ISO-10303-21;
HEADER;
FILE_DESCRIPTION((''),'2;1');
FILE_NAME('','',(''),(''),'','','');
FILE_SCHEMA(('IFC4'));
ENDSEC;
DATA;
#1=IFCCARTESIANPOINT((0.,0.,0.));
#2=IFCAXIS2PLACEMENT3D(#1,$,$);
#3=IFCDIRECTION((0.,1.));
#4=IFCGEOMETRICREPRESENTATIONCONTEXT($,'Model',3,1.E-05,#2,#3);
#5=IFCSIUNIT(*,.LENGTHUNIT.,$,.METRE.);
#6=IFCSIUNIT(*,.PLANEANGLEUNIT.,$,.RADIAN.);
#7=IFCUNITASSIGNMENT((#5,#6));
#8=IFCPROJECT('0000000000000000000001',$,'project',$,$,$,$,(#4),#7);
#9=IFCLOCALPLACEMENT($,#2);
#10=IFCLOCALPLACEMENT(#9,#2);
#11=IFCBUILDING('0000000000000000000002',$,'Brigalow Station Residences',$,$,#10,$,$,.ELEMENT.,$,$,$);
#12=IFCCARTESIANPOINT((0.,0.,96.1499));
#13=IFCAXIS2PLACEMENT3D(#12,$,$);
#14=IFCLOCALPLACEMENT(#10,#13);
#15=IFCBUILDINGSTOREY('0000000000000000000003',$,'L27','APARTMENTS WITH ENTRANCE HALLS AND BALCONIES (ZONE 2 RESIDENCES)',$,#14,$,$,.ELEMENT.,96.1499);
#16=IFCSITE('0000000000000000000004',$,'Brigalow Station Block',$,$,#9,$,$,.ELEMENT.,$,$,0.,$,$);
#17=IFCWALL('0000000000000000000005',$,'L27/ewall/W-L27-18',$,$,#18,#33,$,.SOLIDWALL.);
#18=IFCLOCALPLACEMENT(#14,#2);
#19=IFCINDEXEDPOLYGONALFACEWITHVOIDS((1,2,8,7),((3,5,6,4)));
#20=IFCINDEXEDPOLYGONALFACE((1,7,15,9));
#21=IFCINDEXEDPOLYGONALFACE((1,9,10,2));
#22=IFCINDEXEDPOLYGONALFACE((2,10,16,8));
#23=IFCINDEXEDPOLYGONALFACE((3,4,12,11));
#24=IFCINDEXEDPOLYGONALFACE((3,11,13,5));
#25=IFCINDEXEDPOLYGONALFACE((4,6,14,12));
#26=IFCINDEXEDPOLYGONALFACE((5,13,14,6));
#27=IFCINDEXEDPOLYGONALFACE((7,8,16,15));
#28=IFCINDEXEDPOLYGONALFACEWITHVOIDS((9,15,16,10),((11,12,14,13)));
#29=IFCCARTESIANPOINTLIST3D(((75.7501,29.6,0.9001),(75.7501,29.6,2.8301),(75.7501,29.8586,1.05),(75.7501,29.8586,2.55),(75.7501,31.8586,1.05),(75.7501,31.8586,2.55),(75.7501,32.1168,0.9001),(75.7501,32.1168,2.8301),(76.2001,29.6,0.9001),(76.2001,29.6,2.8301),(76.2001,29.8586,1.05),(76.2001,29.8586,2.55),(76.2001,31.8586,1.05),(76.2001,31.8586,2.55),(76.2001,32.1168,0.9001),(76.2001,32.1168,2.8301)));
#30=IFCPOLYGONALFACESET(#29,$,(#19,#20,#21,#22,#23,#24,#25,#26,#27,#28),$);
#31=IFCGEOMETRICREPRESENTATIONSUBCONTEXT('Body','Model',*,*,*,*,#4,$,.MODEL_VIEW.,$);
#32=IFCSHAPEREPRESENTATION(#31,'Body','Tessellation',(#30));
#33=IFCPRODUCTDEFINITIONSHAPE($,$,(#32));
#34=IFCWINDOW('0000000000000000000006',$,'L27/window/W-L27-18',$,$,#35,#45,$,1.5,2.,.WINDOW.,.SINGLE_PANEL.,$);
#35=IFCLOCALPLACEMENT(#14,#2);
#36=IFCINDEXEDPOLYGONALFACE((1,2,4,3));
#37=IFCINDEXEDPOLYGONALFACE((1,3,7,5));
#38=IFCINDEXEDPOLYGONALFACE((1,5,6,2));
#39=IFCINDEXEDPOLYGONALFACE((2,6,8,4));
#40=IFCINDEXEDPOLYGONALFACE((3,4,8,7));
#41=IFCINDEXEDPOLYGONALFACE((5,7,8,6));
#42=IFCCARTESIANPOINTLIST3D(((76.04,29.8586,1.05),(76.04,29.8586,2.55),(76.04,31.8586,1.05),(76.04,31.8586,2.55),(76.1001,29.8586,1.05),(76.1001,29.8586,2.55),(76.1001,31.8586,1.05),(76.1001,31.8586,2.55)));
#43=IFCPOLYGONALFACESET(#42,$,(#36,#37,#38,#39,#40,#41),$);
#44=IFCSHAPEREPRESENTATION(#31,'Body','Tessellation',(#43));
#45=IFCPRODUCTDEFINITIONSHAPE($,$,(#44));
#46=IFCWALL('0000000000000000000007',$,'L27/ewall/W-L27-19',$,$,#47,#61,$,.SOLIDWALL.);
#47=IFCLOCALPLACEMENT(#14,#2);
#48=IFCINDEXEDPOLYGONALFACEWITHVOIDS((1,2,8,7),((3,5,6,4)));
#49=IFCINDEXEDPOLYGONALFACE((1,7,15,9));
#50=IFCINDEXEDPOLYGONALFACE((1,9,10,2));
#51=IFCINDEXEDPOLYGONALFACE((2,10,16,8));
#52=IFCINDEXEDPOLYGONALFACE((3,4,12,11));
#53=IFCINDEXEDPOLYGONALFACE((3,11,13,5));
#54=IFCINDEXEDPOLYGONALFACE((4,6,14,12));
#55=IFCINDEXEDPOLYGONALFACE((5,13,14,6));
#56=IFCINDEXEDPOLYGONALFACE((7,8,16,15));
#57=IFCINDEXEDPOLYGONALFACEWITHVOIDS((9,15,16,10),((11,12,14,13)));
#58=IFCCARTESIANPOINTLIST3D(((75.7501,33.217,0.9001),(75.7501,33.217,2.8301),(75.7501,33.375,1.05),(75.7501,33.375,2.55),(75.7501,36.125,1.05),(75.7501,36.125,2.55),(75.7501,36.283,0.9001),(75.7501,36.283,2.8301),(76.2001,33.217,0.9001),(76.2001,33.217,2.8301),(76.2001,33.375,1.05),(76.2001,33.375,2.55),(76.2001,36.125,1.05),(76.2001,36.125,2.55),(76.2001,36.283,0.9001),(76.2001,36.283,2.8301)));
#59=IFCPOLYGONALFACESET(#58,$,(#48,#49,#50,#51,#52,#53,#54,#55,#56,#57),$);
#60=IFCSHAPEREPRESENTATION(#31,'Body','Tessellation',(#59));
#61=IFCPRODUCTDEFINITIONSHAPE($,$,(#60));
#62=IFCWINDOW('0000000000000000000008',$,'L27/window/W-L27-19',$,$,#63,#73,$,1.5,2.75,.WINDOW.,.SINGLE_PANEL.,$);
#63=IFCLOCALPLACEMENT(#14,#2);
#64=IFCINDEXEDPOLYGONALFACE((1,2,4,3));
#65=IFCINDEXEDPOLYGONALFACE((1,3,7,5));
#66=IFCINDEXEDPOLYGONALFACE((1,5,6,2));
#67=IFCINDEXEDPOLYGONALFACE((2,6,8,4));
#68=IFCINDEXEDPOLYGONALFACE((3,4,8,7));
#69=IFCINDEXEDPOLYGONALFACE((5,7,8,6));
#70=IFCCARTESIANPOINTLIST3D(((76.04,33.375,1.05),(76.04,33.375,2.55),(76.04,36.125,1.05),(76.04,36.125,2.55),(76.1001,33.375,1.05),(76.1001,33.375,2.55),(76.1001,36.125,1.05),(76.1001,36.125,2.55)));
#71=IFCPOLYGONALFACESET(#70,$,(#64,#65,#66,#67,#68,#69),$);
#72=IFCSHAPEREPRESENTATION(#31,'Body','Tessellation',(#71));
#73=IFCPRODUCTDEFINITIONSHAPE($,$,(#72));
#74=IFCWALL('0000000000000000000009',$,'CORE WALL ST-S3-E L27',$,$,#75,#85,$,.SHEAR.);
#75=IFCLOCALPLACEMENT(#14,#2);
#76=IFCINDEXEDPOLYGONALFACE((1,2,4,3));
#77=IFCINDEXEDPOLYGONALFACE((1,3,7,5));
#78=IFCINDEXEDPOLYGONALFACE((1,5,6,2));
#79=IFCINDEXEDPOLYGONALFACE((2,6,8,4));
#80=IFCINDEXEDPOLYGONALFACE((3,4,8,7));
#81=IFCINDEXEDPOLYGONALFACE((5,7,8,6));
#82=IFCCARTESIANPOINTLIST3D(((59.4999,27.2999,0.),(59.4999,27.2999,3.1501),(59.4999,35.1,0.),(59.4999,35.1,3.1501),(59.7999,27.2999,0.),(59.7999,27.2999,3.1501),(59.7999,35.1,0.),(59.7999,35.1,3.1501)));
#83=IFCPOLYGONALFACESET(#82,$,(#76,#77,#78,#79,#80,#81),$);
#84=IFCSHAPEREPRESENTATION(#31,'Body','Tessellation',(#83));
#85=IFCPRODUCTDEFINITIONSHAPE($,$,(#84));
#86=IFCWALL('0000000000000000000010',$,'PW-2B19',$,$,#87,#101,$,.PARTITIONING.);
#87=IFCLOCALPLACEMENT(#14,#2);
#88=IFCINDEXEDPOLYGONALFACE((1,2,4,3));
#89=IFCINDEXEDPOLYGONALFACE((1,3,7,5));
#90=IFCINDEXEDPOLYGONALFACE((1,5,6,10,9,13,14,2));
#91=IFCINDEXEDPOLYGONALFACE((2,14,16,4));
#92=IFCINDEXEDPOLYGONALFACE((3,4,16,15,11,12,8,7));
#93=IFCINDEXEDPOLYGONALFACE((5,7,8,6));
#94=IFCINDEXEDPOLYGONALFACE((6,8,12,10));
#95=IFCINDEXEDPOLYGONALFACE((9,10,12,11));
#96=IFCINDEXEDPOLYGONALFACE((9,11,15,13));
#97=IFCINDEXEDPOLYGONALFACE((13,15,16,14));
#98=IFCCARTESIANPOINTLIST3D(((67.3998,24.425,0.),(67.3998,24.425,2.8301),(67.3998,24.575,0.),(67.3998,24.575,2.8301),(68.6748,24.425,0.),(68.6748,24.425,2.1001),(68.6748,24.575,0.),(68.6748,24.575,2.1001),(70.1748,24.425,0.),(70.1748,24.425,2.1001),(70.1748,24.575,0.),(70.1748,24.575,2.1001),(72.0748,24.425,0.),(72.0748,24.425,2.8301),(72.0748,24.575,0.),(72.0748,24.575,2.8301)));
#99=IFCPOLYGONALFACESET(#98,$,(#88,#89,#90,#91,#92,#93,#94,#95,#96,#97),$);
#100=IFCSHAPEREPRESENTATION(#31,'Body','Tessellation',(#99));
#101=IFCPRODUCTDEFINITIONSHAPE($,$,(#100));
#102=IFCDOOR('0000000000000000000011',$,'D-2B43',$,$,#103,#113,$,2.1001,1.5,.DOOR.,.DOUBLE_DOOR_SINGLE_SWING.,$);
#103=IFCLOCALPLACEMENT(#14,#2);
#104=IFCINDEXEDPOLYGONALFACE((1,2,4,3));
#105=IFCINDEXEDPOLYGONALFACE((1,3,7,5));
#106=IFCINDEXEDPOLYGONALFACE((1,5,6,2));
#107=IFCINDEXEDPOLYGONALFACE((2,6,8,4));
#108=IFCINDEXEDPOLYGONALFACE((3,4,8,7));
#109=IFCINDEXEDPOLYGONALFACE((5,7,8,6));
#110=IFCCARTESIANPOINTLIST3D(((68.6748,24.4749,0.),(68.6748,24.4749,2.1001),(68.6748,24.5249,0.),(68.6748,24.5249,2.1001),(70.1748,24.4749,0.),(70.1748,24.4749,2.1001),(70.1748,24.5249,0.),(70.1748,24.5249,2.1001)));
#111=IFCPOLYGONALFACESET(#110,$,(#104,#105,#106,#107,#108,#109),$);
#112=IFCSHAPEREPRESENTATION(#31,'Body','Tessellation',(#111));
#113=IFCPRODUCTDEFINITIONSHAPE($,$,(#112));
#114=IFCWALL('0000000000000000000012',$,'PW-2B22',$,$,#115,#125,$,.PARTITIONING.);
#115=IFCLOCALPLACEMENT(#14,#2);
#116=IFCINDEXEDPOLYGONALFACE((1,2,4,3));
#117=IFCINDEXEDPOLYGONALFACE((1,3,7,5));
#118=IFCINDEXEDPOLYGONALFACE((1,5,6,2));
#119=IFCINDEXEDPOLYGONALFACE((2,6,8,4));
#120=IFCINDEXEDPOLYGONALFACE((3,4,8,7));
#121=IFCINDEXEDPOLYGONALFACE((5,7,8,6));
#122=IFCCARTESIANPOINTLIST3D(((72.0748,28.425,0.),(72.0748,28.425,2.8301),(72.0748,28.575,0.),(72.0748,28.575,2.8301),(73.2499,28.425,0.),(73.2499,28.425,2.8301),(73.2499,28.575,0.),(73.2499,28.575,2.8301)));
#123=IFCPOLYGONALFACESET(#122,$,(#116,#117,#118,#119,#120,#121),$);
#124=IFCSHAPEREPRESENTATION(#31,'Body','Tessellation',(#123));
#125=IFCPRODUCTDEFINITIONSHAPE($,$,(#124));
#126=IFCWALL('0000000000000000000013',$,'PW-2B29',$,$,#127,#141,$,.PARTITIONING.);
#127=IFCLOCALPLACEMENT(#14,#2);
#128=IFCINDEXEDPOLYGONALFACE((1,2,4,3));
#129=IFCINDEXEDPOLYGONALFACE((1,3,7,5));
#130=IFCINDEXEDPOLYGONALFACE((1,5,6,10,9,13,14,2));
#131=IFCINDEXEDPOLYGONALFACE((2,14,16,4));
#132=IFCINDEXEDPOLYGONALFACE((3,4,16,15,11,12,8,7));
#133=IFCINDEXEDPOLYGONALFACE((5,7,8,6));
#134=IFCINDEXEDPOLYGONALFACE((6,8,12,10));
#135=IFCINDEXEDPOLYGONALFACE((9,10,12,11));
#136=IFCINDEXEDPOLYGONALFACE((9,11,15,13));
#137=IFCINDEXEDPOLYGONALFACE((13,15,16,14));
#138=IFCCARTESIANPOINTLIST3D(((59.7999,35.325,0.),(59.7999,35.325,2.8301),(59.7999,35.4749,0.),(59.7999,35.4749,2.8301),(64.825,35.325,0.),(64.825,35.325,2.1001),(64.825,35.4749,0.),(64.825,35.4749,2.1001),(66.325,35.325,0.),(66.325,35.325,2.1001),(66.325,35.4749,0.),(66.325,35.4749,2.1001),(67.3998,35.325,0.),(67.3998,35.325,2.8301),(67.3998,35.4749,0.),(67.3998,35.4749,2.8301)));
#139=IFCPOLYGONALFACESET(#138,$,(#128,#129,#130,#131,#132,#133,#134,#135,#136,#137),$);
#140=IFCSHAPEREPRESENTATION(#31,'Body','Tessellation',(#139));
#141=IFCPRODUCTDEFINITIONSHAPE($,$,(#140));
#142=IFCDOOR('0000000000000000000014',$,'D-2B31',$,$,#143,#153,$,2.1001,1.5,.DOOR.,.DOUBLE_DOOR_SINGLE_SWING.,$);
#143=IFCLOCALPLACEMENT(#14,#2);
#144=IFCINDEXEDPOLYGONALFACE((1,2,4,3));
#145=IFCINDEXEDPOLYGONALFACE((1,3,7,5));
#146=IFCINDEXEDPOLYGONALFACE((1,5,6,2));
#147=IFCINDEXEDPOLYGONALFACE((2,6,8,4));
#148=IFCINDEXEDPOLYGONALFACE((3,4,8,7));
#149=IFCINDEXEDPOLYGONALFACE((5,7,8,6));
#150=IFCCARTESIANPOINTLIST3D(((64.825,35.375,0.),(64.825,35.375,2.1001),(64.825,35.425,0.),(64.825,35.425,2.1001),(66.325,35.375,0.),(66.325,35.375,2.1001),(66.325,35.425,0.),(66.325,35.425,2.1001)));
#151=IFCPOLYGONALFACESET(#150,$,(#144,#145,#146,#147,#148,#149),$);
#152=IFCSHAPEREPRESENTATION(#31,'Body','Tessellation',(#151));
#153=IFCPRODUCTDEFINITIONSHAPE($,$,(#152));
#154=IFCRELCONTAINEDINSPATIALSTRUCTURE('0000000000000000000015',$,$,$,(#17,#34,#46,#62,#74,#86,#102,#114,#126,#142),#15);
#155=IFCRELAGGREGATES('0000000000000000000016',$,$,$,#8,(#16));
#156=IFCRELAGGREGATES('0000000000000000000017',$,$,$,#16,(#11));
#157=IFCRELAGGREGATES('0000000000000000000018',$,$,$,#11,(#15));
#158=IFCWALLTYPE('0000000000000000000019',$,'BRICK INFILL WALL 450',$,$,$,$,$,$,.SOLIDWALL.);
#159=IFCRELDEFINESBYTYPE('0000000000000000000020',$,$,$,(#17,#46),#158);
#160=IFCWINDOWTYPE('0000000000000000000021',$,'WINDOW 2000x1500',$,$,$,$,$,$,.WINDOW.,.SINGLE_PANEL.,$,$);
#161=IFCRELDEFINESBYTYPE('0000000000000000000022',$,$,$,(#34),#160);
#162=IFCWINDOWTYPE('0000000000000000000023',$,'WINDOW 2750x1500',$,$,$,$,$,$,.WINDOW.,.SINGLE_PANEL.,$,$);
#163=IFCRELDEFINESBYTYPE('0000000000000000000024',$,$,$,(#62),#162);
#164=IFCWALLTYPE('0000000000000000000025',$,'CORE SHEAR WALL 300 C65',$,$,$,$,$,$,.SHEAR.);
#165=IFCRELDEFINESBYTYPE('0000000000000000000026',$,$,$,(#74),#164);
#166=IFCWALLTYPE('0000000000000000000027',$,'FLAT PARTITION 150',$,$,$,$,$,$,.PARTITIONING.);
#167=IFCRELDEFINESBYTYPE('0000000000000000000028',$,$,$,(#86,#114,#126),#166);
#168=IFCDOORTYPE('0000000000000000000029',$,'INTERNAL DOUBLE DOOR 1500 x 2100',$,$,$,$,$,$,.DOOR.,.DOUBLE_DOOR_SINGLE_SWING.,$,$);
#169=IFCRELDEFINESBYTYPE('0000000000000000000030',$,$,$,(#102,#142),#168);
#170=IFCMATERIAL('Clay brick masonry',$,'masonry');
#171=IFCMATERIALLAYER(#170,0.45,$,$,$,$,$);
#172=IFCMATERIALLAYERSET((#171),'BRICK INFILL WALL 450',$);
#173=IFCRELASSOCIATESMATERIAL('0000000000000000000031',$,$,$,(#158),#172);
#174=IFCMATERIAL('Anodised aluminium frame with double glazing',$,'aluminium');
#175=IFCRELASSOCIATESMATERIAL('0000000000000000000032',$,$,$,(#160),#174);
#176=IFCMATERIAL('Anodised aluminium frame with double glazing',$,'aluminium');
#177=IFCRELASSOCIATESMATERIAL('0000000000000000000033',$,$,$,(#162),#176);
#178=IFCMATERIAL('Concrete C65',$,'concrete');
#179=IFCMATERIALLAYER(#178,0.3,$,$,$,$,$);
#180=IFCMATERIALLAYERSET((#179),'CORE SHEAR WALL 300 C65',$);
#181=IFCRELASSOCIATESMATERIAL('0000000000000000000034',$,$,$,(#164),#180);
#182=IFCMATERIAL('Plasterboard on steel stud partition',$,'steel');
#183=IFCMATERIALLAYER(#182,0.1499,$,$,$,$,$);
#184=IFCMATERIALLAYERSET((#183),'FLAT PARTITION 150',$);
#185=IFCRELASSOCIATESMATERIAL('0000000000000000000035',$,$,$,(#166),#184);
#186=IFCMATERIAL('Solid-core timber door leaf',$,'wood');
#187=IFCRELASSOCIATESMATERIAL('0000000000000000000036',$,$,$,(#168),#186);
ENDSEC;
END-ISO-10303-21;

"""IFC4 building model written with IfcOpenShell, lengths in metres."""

from ifc_helpers import new_model, si_unit, direction, frame, frame_2d, origin, place, context, subcontext, project, spatial, rectangle, extrude, material, layer, layer_set, type_object, element, fill, save


model = new_model("IFC4")

# Units and contexts
model_context = context("Model", 3, precision=1e-05, world=origin(), true_north=direction((0.0, 1.0)))
body_context = subcontext(model_context, "Body", "Model", "MODEL_VIEW")
ifc_project = project(units=[si_unit("LENGTHUNIT", "METRE"), si_unit("PLANEANGLEUNIT", "RADIAN")], contexts=[model_context])

# Site, building, storey
site_placement = place(None, origin())
site = spatial("IfcSite", under=ifc_project, at=site_placement, Name="Brigalow Station Block", CompositionType="ELEMENT", RefElevation=0.0)
building_placement = place(site_placement, origin())
building = spatial("IfcBuilding", under=site, at=building_placement, Name="Brigalow Station Residences", CompositionType="ELEMENT")
storey_placement = place(building_placement, frame((0.0, 0.0, 96.1499)))
storey = spatial("IfcBuildingStorey", under=building, at=storey_placement, Name="L27", Description="APARTMENTS WITH ENTRANCE HALLS AND BALCONIES (ZONE 2 RESIDENCES)", CompositionType="ELEMENT", Elevation=96.1499)

# Shared definitions
ifc_material_1 = material(Name="Clay brick masonry", Category="masonry")
ifc_layer_1 = layer(ifc_material_1, 0.45)
ifc_layer_set_1 = layer_set([ifc_layer_1], Name="BRICK INFILL WALL 450")
wall_type_1 = type_object("IfcWallType", Name="BRICK INFILL WALL 450", PredefinedType="SOLIDWALL", material=ifc_layer_set_1)

# Walls, openings, windows
wall_1_placement = place(storey_placement, frame((75.9751, 29.6001, 0.9001), z_axis=(0.0, 0.0, 1.0), x_axis=(0.0, 1.0, 0.0)))
wall_1 = element("IfcWall", 1, at=wall_1_placement, inside=storey, type_object=wall_type_1, Name="L27/ewall/W-L27-18", PredefinedType="SOLIDWALL", context=body_context, shape_type="SweptSolid", body=[
    extrude(rectangle(XDim=2.5168, YDim=0.45, at=frame_2d((1.2583, 0.0))), origin(), (0.0, 0.0, 1.0), 1.9299),
])
opening_1_placement = place(wall_1_placement, frame((0.2585, 0.0, 0.1499)))
opening_1 = element("IfcOpeningElement", 2, at=opening_1_placement, cuts=wall_1, PredefinedType="OPENING", context=body_context, shape_type="SweptSolid", body=[
    extrude(rectangle(XDim=2.0, YDim=1.5, at=frame_2d((1.0, 0.75))), frame((0.0, 0.2349, 0.0), z_axis=(0.0, -1.0, 0.0), x_axis=(1.0, 0.0, 0.0)), (0.0, 0.0, 1.0), 0.47),
])
ifc_material_2 = material(Name="Anodised aluminium frame with double glazing", Category="aluminium")
window_type_1 = type_object("IfcWindowType", Name="WINDOW 2000x1500", PartitioningType="SINGLE_PANEL", PredefinedType="WINDOW", material=ifc_material_2)
window_1_placement = place(opening_1_placement, origin())
window_1 = element("IfcWindow", 3, at=window_1_placement, inside=storey, type_object=window_type_1, Name="L27/window/W-L27-18", OverallHeight=1.5, OverallWidth=2.0, PartitioningType="SINGLE_PANEL", PredefinedType="WINDOW", context=body_context, shape_type="SweptSolid", body=[
    extrude(rectangle(XDim=2.0, YDim=1.5, at=frame_2d((1.0, 0.75))), frame((0.0, -0.0649, 0.0), z_axis=(0.0, -1.0, 0.0), x_axis=(1.0, 0.0, 0.0)), (0.0, 0.0, 1.0), 0.0601),
])
fill(opening_1, window_1)
wall_2_placement = place(storey_placement, frame((75.9751, 33.217, 0.9001), z_axis=(0.0, 0.0, 1.0), x_axis=(0.0, 1.0, 0.0)))
wall_2 = element("IfcWall", 4, at=wall_2_placement, inside=storey, type_object=wall_type_1, Name="L27/ewall/W-L27-19", PredefinedType="SOLIDWALL", context=body_context, shape_type="SweptSolid", body=[
    extrude(rectangle(XDim=3.0659, YDim=0.45, at=frame_2d((1.533, 0.0))), origin(), (0.0, 0.0, 1.0), 1.9299),
])
opening_2_placement = place(wall_2_placement, frame((0.158, 0.0, 0.1499)))
opening_2 = element("IfcOpeningElement", 5, at=opening_2_placement, cuts=wall_2, PredefinedType="OPENING", context=body_context, shape_type="SweptSolid", body=[
    extrude(rectangle(XDim=2.75, YDim=1.5, at=frame_2d((1.375, 0.75))), frame((0.0, 0.2349, 0.0), z_axis=(0.0, -1.0, 0.0), x_axis=(1.0, 0.0, 0.0)), (0.0, 0.0, 1.0), 0.47),
])
ifc_material_3 = material(Name="Anodised aluminium frame with double glazing", Category="aluminium")
window_type_2 = type_object("IfcWindowType", Name="WINDOW 2750x1500", PartitioningType="SINGLE_PANEL", PredefinedType="WINDOW", material=ifc_material_3)
window_2_placement = place(opening_2_placement, origin())
window_2 = element("IfcWindow", 6, at=window_2_placement, inside=storey, type_object=window_type_2, Name="L27/window/W-L27-19", OverallHeight=1.5, OverallWidth=2.75, PartitioningType="SINGLE_PANEL", PredefinedType="WINDOW", context=body_context, shape_type="SweptSolid", body=[
    extrude(rectangle(XDim=2.75, YDim=1.5, at=frame_2d((1.375, 0.75))), frame((0.0, -0.0649, 0.0), z_axis=(0.0, -1.0, 0.0), x_axis=(1.0, 0.0, 0.0)), (0.0, 0.0, 1.0), 0.0601),
])
fill(opening_2, window_2)

# Wall
ifc_material_4 = material(Name="Concrete C65", Category="concrete")
ifc_layer_2 = layer(ifc_material_4, 0.3)
ifc_layer_set_2 = layer_set([ifc_layer_2], Name="CORE SHEAR WALL 300 C65")
wall_type_2 = type_object("IfcWallType", Name="CORE SHEAR WALL 300 C65", PredefinedType="SHEAR", material=ifc_layer_set_2)
wall_3_placement = place(storey_placement, frame((59.6499, 27.3, 0.0), z_axis=(0.0, 0.0, 1.0), x_axis=(0.0, 1.0, 0.0)))
element("IfcWall", 7, at=wall_3_placement, inside=storey, type_object=wall_type_2, Name="CORE WALL ST-S3-E L27", PredefinedType="SHEAR", context=body_context, shape_type="SweptSolid", body=[
    extrude(rectangle(XDim=7.8, YDim=0.3, at=frame_2d((3.8999, 0.0))), origin(), (0.0, 0.0, 1.0), 3.1501),
])

# Wall, opening, door
ifc_material_5 = material(Name="Plasterboard on steel stud partition", Category="steel")
ifc_layer_3 = layer(ifc_material_5, 0.1499)
ifc_layer_set_3 = layer_set([ifc_layer_3], Name="FLAT PARTITION 150")
wall_type_3 = type_object("IfcWallType", Name="FLAT PARTITION 150", PredefinedType="PARTITIONING", material=ifc_layer_set_3)
wall_4_placement = place(storey_placement, frame((67.3999, 24.5, 0.0), z_axis=(0.0, 0.0, 1.0), x_axis=(1.0, 0.0, 0.0)))
wall_4 = element("IfcWall", 8, at=wall_4_placement, inside=storey, type_object=wall_type_3, Name="PW-2B19", PredefinedType="PARTITIONING", context=body_context, shape_type="SweptSolid", body=[
    extrude(rectangle(XDim=4.675, YDim=0.1499, at=frame_2d((2.3374, 0.0))), origin(), (0.0, 0.0, 1.0), 2.8301),
])
opening_3_placement = place(wall_4_placement, frame((1.2749, 0.0, 0.0)))
opening_3 = element("IfcOpeningElement", 9, at=opening_3_placement, cuts=wall_4, PredefinedType="OPENING", context=body_context, shape_type="SweptSolid", body=[
    extrude(rectangle(XDim=1.5, YDim=2.1001, at=frame_2d((0.75, 1.05))), frame((0.0, 0.085, 0.0), z_axis=(0.0, -1.0, 0.0), x_axis=(1.0, 0.0, 0.0)), (0.0, 0.0, 1.0), 0.1699),
])
ifc_material_6 = material(Name="Solid-core timber door leaf", Category="wood")
door_type_1 = type_object("IfcDoorType", Name="INTERNAL DOUBLE DOOR 1500 x 2100", OperationType="DOUBLE_DOOR_SINGLE_SWING", PredefinedType="DOOR", material=ifc_material_6)
door_1_placement = place(opening_3_placement, origin())
door_1 = element("IfcDoor", 10, at=door_1_placement, inside=storey, type_object=door_type_1, Name="D-2B43", OperationType="DOUBLE_DOOR_SINGLE_SWING", OverallHeight=2.1001, OverallWidth=1.5, PredefinedType="DOOR", context=body_context, shape_type="SweptSolid", body=[
    extrude(rectangle(XDim=1.5, YDim=2.1001, at=frame_2d((0.75, 1.05))), frame((0.0, 0.0249, 0.0), z_axis=(0.0, -1.0, 0.0), x_axis=(1.0, 0.0, 0.0)), (0.0, 0.0, 1.0), 0.05),
])
fill(opening_3, door_1)

# Wall
wall_5_placement = place(storey_placement, frame((72.075, 28.5, 0.0), z_axis=(0.0, 0.0, 1.0), x_axis=(1.0, 0.0, 0.0)))
element("IfcWall", 11, at=wall_5_placement, inside=storey, type_object=wall_type_3, Name="PW-2B22", PredefinedType="PARTITIONING", context=body_context, shape_type="SweptSolid", body=[
    extrude(rectangle(XDim=1.175, YDim=0.1499, at=frame_2d((0.5874, 0.0))), origin(), (0.0, 0.0, 1.0), 2.8301),
])

# Wall, opening, door
wall_6_placement = place(storey_placement, frame((59.8, 35.3999, 0.0), z_axis=(0.0, 0.0, 1.0), x_axis=(1.0, 0.0, 0.0)))
wall_6 = element("IfcWall", 12, at=wall_6_placement, inside=storey, type_object=wall_type_3, Name="PW-2B29", PredefinedType="PARTITIONING", context=body_context, shape_type="SweptSolid", body=[
    extrude(rectangle(XDim=7.5999, YDim=0.1499, at=frame_2d((3.7998, 0.0))), origin(), (0.0, 0.0, 1.0), 2.8301),
])
opening_4_placement = place(wall_6_placement, frame((5.0249, 0.0, 0.0)))
opening_4 = element("IfcOpeningElement", 13, at=opening_4_placement, cuts=wall_6, PredefinedType="OPENING", context=body_context, shape_type="SweptSolid", body=[
    extrude(rectangle(XDim=1.5, YDim=2.1001, at=frame_2d((0.75, 1.05))), frame((0.0, 0.085, 0.0), z_axis=(0.0, -1.0, 0.0), x_axis=(1.0, 0.0, 0.0)), (0.0, 0.0, 1.0), 0.1699),
])
door_2_placement = place(opening_4_placement, frame((1.5, 0.0, 0.0), z_axis=(0.0, 0.0, 1.0), x_axis=(-1.0, 0.0, 0.0)))
door_2 = element("IfcDoor", 14, at=door_2_placement, inside=storey, type_object=door_type_1, Name="D-2B31", OperationType="DOUBLE_DOOR_SINGLE_SWING", OverallHeight=2.1001, OverallWidth=1.5, PredefinedType="DOOR", context=body_context, shape_type="SweptSolid", body=[
    extrude(rectangle(XDim=1.5, YDim=2.1001, at=frame_2d((0.75, 1.05))), frame((0.0, 0.0249, 0.0), z_axis=(0.0, -1.0, 0.0), x_axis=(1.0, 0.0, 0.0)), (0.0, 0.0, 1.0), 0.05),
])
fill(opening_4, door_2)

save(model, "model.ifc")
